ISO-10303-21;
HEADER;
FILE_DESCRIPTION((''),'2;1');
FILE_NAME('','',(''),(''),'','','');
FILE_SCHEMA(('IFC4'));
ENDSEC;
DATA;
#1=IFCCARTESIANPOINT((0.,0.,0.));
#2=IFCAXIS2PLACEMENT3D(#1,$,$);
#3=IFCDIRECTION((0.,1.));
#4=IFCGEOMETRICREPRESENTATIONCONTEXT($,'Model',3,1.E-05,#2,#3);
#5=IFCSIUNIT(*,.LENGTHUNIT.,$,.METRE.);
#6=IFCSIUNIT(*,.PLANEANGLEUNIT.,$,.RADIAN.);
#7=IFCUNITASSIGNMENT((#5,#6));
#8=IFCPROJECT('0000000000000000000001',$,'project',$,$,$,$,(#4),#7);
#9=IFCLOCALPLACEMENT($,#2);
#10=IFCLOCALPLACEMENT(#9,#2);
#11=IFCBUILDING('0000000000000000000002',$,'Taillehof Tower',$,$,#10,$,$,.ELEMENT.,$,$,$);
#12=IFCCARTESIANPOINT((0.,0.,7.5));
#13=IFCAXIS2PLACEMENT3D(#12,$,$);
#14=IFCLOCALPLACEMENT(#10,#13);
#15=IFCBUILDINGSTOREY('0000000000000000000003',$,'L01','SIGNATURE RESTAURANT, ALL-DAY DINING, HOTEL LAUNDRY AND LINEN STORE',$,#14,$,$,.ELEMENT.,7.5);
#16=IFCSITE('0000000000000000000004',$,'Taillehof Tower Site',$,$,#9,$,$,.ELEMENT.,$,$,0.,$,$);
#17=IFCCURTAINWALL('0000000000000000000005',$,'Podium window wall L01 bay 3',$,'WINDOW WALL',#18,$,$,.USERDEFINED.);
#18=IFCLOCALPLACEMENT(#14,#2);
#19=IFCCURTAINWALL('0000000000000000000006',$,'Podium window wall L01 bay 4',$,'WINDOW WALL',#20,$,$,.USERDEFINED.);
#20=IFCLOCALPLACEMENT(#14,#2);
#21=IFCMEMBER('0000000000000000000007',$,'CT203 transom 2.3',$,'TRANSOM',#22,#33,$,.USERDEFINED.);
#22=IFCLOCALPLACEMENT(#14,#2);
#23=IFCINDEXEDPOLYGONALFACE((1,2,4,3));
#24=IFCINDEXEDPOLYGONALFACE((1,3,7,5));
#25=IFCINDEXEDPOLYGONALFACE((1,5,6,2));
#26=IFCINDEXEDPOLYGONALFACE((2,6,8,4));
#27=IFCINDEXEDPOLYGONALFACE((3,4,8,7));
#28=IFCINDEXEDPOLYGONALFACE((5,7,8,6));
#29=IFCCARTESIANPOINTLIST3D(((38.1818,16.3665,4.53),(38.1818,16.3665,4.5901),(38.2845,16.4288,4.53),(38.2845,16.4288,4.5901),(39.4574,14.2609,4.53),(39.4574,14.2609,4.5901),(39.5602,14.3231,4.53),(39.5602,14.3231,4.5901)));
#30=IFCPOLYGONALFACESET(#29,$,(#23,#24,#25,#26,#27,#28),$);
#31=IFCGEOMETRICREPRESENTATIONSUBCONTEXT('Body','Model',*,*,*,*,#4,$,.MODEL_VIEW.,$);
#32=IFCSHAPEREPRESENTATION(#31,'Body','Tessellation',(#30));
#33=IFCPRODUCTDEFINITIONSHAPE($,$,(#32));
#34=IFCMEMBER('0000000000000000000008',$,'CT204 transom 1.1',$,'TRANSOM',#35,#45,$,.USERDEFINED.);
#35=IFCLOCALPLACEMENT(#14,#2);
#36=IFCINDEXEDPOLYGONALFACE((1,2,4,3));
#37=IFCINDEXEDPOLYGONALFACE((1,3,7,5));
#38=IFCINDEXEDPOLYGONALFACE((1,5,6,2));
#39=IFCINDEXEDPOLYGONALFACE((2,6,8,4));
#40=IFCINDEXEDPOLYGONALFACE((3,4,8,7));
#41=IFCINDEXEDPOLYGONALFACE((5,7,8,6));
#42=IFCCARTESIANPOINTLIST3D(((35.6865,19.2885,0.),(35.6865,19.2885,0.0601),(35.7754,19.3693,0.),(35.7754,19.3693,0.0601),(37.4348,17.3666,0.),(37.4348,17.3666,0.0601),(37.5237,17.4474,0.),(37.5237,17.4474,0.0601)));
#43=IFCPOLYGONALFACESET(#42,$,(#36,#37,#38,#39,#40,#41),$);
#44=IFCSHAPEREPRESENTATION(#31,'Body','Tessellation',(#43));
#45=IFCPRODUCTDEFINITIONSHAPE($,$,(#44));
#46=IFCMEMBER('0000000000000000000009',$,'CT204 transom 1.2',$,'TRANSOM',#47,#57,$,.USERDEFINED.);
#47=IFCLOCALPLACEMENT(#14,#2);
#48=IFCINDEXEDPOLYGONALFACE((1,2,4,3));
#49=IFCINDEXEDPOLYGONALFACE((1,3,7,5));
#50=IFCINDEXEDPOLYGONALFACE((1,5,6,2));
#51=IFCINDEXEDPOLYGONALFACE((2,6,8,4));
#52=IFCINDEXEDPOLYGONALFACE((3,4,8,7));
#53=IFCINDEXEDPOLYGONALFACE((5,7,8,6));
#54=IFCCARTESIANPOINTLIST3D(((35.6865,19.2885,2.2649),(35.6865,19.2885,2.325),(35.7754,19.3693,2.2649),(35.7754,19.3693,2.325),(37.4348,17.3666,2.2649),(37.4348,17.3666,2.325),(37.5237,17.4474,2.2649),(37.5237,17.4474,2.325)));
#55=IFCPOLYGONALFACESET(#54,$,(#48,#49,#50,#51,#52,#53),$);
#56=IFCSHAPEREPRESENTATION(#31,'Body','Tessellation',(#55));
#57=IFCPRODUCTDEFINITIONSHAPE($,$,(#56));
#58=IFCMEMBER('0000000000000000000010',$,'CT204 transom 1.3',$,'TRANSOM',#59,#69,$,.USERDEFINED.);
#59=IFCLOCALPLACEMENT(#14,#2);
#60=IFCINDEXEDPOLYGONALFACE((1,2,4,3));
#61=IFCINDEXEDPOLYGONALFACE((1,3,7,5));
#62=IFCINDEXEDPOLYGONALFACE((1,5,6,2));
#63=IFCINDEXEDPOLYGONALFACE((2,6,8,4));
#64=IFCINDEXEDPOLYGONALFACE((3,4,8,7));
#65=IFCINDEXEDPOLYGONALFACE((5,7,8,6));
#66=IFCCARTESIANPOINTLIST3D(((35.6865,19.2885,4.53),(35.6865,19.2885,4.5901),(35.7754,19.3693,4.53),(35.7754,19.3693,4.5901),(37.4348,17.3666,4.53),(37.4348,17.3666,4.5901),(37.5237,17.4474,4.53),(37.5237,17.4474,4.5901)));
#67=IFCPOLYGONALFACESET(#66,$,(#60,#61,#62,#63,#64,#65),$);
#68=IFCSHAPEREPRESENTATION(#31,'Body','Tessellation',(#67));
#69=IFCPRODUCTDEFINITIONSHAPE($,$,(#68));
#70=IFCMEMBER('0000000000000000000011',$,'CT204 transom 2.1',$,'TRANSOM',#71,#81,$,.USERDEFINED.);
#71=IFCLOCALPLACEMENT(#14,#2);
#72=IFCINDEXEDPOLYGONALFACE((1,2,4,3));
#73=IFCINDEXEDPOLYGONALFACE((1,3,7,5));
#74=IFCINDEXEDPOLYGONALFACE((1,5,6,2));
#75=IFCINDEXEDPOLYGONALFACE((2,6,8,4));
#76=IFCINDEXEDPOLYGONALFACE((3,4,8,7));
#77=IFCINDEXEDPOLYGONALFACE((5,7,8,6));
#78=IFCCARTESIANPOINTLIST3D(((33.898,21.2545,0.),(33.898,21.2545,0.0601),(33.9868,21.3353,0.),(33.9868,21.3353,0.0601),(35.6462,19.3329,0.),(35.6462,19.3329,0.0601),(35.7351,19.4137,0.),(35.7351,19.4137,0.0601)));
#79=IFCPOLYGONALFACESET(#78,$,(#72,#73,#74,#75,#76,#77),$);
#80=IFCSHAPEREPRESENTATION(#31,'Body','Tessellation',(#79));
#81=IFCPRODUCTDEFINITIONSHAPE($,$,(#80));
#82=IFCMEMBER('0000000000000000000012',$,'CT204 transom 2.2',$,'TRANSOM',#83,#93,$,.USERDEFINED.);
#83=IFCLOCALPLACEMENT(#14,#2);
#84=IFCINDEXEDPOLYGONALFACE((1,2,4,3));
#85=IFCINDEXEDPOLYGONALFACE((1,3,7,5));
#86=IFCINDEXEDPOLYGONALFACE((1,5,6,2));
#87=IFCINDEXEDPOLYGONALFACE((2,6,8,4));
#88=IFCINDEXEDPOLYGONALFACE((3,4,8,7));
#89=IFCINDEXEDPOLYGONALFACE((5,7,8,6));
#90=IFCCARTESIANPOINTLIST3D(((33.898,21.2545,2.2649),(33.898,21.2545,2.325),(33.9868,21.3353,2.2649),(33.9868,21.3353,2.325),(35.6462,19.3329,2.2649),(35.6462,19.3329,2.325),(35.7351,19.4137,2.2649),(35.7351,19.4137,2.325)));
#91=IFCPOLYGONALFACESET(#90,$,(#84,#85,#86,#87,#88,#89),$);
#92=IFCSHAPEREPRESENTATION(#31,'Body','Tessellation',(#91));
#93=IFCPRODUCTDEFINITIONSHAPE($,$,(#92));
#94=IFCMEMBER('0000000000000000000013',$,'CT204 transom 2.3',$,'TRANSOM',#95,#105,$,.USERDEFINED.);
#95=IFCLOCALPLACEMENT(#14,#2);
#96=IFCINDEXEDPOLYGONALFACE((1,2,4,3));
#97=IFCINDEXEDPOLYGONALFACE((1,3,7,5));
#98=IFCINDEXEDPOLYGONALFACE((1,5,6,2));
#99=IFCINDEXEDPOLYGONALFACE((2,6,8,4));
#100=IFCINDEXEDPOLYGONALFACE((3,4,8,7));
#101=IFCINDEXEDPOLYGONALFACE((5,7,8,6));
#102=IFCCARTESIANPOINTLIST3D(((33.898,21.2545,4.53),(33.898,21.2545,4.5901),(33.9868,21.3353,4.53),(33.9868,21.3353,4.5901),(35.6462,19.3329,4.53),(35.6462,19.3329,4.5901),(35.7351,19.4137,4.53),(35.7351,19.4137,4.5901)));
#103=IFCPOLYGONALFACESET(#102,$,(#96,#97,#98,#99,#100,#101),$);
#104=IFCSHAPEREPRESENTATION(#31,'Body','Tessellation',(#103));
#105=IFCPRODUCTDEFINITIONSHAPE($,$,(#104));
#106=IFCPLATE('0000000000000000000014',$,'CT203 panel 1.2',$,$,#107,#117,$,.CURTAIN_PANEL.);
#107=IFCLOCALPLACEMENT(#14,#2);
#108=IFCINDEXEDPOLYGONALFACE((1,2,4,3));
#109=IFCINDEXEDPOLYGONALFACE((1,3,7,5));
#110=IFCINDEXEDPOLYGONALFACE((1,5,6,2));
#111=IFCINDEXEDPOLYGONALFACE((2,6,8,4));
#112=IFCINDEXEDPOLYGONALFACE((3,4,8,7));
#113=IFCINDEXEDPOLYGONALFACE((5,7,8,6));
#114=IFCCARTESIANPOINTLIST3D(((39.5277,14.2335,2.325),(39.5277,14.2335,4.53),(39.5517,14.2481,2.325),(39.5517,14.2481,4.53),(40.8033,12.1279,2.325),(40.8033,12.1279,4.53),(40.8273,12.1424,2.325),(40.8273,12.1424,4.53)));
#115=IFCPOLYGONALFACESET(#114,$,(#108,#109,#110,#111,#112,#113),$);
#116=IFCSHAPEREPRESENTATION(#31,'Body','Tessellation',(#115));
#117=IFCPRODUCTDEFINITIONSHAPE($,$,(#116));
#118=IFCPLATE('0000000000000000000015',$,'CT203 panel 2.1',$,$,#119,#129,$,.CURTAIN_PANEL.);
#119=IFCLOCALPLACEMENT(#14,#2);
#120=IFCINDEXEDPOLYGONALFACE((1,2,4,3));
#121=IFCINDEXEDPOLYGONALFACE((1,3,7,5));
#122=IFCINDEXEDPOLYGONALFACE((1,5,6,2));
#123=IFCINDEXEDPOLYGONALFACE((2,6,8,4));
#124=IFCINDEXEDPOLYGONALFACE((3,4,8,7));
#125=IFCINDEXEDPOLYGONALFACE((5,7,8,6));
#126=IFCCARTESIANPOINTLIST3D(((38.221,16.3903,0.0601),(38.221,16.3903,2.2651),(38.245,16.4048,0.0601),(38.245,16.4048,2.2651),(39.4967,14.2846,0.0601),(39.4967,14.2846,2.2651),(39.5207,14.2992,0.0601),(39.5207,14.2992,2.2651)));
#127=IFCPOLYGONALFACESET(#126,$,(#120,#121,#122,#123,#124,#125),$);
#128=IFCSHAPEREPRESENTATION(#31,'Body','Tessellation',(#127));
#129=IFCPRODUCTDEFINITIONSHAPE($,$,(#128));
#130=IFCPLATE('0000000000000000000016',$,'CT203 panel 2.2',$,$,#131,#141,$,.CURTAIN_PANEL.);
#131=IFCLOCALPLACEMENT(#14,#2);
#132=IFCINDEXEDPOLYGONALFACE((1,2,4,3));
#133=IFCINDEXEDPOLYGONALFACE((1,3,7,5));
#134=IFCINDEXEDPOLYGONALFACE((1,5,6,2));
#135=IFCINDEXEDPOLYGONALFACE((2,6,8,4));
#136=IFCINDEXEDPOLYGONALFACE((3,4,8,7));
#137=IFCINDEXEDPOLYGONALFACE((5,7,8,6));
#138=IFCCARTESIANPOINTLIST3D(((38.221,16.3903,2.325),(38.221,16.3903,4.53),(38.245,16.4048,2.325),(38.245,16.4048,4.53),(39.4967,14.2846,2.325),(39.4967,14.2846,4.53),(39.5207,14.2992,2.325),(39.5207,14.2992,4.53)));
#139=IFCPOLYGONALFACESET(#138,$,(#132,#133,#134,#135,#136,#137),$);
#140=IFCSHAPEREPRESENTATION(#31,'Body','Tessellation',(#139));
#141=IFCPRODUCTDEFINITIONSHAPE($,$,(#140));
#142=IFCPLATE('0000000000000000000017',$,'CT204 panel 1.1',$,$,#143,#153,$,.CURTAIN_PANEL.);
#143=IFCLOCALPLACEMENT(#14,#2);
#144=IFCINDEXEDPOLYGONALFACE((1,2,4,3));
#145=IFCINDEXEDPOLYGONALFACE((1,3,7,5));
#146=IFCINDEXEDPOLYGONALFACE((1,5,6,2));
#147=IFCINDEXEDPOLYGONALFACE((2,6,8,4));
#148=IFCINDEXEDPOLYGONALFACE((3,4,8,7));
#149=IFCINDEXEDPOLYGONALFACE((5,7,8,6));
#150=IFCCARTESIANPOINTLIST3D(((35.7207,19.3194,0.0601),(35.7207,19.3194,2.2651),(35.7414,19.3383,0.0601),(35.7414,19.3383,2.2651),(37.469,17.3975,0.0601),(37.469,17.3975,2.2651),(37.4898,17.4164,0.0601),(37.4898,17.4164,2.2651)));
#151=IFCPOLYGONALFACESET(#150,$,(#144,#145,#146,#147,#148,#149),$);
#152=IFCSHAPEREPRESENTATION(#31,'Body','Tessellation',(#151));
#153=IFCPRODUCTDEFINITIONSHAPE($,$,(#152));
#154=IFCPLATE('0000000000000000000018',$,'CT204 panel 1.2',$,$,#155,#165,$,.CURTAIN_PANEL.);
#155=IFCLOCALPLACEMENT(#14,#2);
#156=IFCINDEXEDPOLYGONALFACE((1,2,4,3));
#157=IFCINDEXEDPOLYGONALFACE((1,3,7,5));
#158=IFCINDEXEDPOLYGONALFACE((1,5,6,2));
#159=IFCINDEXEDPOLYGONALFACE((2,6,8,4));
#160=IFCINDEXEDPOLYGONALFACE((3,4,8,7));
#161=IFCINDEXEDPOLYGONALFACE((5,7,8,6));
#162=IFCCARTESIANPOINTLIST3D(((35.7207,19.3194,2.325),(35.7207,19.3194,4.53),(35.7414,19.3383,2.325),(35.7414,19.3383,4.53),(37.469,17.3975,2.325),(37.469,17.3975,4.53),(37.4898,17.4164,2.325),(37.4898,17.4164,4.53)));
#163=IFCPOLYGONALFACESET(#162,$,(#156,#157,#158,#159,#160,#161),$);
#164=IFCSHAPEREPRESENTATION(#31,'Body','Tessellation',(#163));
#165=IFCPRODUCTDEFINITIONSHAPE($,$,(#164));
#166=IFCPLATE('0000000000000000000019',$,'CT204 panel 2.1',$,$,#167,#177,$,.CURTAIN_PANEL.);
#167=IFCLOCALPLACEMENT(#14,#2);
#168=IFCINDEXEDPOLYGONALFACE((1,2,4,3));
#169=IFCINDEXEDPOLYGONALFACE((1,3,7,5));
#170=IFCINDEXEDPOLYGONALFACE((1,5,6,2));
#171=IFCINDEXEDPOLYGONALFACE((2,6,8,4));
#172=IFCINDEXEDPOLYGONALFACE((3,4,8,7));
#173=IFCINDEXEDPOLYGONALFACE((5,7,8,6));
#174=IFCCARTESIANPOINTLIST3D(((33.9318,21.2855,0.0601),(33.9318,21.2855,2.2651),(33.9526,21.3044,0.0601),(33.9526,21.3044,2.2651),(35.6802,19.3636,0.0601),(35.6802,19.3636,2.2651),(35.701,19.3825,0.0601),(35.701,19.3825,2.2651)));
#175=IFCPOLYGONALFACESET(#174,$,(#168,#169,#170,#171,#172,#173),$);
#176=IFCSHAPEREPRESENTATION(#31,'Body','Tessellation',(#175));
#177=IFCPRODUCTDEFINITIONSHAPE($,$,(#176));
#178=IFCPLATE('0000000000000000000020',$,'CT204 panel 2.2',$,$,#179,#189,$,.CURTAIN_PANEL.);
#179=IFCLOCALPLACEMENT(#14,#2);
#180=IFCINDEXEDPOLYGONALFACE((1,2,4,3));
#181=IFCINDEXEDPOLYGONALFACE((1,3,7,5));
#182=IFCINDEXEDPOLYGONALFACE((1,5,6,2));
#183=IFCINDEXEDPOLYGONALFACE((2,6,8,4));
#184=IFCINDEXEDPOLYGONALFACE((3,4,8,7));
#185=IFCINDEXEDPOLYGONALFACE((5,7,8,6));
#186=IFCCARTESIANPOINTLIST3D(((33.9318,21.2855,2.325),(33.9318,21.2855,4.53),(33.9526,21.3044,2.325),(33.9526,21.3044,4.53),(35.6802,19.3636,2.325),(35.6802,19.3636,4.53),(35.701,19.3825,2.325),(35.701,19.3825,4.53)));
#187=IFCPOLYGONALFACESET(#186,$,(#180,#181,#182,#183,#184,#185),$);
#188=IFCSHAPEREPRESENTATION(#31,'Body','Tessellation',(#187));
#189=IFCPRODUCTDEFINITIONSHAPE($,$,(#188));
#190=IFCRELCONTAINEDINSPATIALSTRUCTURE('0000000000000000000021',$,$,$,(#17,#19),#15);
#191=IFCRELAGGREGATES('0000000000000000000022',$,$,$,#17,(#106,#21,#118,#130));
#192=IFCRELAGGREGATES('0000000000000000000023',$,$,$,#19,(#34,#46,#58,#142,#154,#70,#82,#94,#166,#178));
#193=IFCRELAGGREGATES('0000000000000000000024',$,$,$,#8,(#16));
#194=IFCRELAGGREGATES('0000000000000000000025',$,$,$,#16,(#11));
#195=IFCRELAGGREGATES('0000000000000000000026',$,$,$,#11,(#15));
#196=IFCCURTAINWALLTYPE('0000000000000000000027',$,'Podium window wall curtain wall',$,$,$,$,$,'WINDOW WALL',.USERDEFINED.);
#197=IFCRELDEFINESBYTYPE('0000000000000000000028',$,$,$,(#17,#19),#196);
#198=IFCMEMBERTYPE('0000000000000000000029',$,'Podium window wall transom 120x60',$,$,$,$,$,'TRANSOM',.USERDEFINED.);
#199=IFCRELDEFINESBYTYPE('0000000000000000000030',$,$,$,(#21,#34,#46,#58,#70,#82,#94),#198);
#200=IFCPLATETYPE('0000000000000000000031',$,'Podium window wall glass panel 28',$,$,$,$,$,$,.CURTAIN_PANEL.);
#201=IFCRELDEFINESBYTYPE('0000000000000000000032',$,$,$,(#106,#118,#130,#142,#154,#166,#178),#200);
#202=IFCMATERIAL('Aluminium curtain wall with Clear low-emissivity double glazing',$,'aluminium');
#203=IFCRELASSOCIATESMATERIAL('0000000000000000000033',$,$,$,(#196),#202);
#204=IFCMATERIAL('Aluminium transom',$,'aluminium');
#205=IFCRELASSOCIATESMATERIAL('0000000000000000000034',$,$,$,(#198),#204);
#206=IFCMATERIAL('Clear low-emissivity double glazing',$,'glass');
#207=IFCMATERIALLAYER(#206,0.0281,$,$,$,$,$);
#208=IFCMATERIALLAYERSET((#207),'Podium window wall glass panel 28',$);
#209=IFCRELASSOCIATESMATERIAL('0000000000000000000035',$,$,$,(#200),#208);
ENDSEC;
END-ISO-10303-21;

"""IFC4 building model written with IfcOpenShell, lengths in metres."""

from ifc_helpers import new_model, si_unit, direction, frame, origin, origin_2d, place, context, subcontext, project, spatial, rectangle, extrude, material, layer, layer_set, material_profile, profile_set, type_object, element, aggregate, save


model = new_model("IFC4")

# Units and contexts
model_context = context("Model", 3, precision=1e-05, world=origin(), true_north=direction((0.0, 1.0)))
body_context = subcontext(model_context, "Body", "Model", "MODEL_VIEW")
ifc_project = project(units=[si_unit("LENGTHUNIT", "METRE"), si_unit("PLANEANGLEUNIT", "RADIAN")], contexts=[model_context])

# Site, building, storey
site_placement = place(None, origin())
site = spatial("IfcSite", under=ifc_project, at=site_placement, Name="Taillehof Tower Site", CompositionType="ELEMENT", RefElevation=0.0)
building_placement = place(site_placement, origin())
building = spatial("IfcBuilding", under=site, at=building_placement, Name="Taillehof Tower", CompositionType="ELEMENT")
storey_placement = place(building_placement, frame((0.0, 0.0, 7.5)))
storey = spatial("IfcBuildingStorey", under=building, at=storey_placement, Name="L01", Description="SIGNATURE RESTAURANT, ALL-DAY DINING, HOTEL LAUNDRY AND LINEN STORE", CompositionType="ELEMENT", Elevation=7.5)

# Curtain walls
ifc_material_1 = material(Name="Aluminium curtain wall with Clear low-emissivity double glazing", Category="aluminium")
curtain_wall_type = type_object("IfcCurtainWallType", Name="Podium window wall curtain wall", ElementType="WINDOW WALL", PredefinedType="USERDEFINED", material=ifc_material_1)
curtain_wall_1_placement = place(storey_placement, origin())
curtain_wall_1 = element("IfcCurtainWall", 1, at=curtain_wall_1_placement, inside=storey, type_object=curtain_wall_type, Name="Podium window wall L01 bay 3", ObjectType="WINDOW WALL", PredefinedType="USERDEFINED")
curtain_wall_2_placement = place(storey_placement, origin())
curtain_wall_2 = element("IfcCurtainWall", 2, at=curtain_wall_2_placement, inside=storey, type_object=curtain_wall_type, Name="Podium window wall L01 bay 4", ObjectType="WINDOW WALL", PredefinedType="USERDEFINED")

# Members
ifc_material_2 = material(Name="Aluminium transom", Category="aluminium")
ifc_material_profile_1 = material_profile(ifc_material_2, rectangle(XDim=0.1201, YDim=0.0601, at=origin_2d()), Name="AL 120x60")
ifc_profile_set_1 = profile_set([ifc_material_profile_1], Name="Aluminium transom")
member_type_1 = type_object("IfcMemberType", Name="Podium window wall transom 120x60", ElementType="TRANSOM", PredefinedType="USERDEFINED", material=ifc_profile_set_1)
member_1_placement = place(storey_placement, frame((39.5088, 14.292, 4.5601), z_axis=(-0.518137, 0.855298, 0.0), x_axis=(-0.855298, -0.518137, 0.0)))
member_1 = element("IfcMember", 3, at=member_1_placement, type_object=member_type_1, Name="CT203 transom 2.3", ObjectType="TRANSOM", PredefinedType="USERDEFINED", context=body_context, shape_type="SweptSolid", body=[
    extrude(rectangle(XDim=0.1201, YDim=0.0601, at=origin_2d()), origin(), (0.0, 0.0, 1.0), 2.4619),
])
member_2_placement = place(storey_placement, frame((37.4792, 17.407, 0.03), z_axis=(-0.672911, 0.739723, 0.0), x_axis=(-0.739723, -0.672911, 0.0)))
member_2 = element("IfcMember", 4, at=member_2_placement, type_object=member_type_1, Name="CT204 transom 1.1", ObjectType="TRANSOM", PredefinedType="USERDEFINED", context=body_context, shape_type="SweptSolid", body=[
    extrude(rectangle(XDim=0.1201, YDim=0.0601, at=origin_2d()), origin(), (0.0, 0.0, 1.0), 2.5981),
])
member_3_placement = place(storey_placement, frame((37.4792, 17.407, 2.2949), z_axis=(-0.672911, 0.739723, 0.0), x_axis=(-0.739723, -0.672911, 0.0)))
member_3 = element("IfcMember", 5, at=member_3_placement, type_object=member_type_1, Name="CT204 transom 1.2", ObjectType="TRANSOM", PredefinedType="USERDEFINED", context=body_context, shape_type="SweptSolid", body=[
    extrude(rectangle(XDim=0.1201, YDim=0.0601, at=origin_2d()), origin(), (0.0, 0.0, 1.0), 2.5981),
])
member_4_placement = place(storey_placement, frame((37.4792, 17.407, 4.5601), z_axis=(-0.672911, 0.739723, 0.0), x_axis=(-0.739723, -0.672911, 0.0)))
member_4 = element("IfcMember", 6, at=member_4_placement, type_object=member_type_1, Name="CT204 transom 1.3", ObjectType="TRANSOM", PredefinedType="USERDEFINED", context=body_context, shape_type="SweptSolid", body=[
    extrude(rectangle(XDim=0.1201, YDim=0.0601, at=origin_2d()), origin(), (0.0, 0.0, 1.0), 2.5981),
])
member_5_placement = place(storey_placement, frame((35.6907, 19.3733, 0.03), z_axis=(-0.672958, 0.739681, 0.0), x_axis=(-0.739681, -0.672958, 0.0)))
member_5 = element("IfcMember", 7, at=member_5_placement, type_object=member_type_1, Name="CT204 transom 2.1", ObjectType="TRANSOM", PredefinedType="USERDEFINED", context=body_context, shape_type="SweptSolid", body=[
    extrude(rectangle(XDim=0.1201, YDim=0.0601, at=origin_2d()), origin(), (0.0, 0.0, 1.0), 2.5979),
])
member_6_placement = place(storey_placement, frame((35.6907, 19.3733, 2.2949), z_axis=(-0.672958, 0.739681, 0.0), x_axis=(-0.739681, -0.672958, 0.0)))
member_6 = element("IfcMember", 8, at=member_6_placement, type_object=member_type_1, Name="CT204 transom 2.2", ObjectType="TRANSOM", PredefinedType="USERDEFINED", context=body_context, shape_type="SweptSolid", body=[
    extrude(rectangle(XDim=0.1201, YDim=0.0601, at=origin_2d()), origin(), (0.0, 0.0, 1.0), 2.5979),
])
member_7_placement = place(storey_placement, frame((35.6907, 19.3733, 4.5601), z_axis=(-0.672958, 0.739681, 0.0), x_axis=(-0.739681, -0.672958, 0.0)))
member_7 = element("IfcMember", 9, at=member_7_placement, type_object=member_type_1, Name="CT204 transom 2.3", ObjectType="TRANSOM", PredefinedType="USERDEFINED", context=body_context, shape_type="SweptSolid", body=[
    extrude(rectangle(XDim=0.1201, YDim=0.0601, at=origin_2d()), origin(), (0.0, 0.0, 1.0), 2.5979),
])

# Plates
ifc_material_3 = material(Name="Clear low-emissivity double glazing", Category="glass")
ifc_layer = layer(ifc_material_3, 0.0281)
ifc_layer_set = layer_set([ifc_layer], Name="Podium window wall glass panel 28")
plate_type = type_object("IfcPlateType", Name="Podium window wall glass panel 28", PredefinedType="CURTAIN_PANEL", material=ifc_layer_set)
plate_1_placement = place(storey_placement, frame((40.1775, 13.188, 2.325), z_axis=(0.0, 0.0, 1.0), x_axis=(-0.518151, 0.855289, 0.0)))
plate_1 = element("IfcPlate", 10, at=plate_1_placement, type_object=plate_type, Name="CT203 panel 1.2", PredefinedType="CURTAIN_PANEL", context=body_context, shape_type="SweptSolid", body=[
    extrude(rectangle(XDim=2.4619, YDim=0.0281, at=origin_2d()), origin(), (0.0, 0.0, 1.0), 2.2051),
])
plate_2_placement = place(storey_placement, frame((38.8708, 15.3447, 0.0601), z_axis=(0.0, 0.0, 1.0), x_axis=(-0.518151, 0.855289, 0.0)))
plate_2 = element("IfcPlate", 11, at=plate_2_placement, type_object=plate_type, Name="CT203 panel 2.1", PredefinedType="CURTAIN_PANEL", context=body_context, shape_type="SweptSolid", body=[
    extrude(rectangle(XDim=2.4619, YDim=0.0281, at=origin_2d()), origin(), (0.0, 0.0, 1.0), 2.2051),
])
plate_3_placement = place(storey_placement, frame((38.8708, 15.3447, 2.325), z_axis=(0.0, 0.0, 1.0), x_axis=(-0.518151, 0.855289, 0.0)))
plate_3 = element("IfcPlate", 12, at=plate_3_placement, type_object=plate_type, Name="CT203 panel 2.2", PredefinedType="CURTAIN_PANEL", context=body_context, shape_type="SweptSolid", body=[
    extrude(rectangle(XDim=2.4619, YDim=0.0281, at=origin_2d()), origin(), (0.0, 0.0, 1.0), 2.2051),
])
aggregate(curtain_wall_1, [plate_1, member_1, plate_2, plate_3])
plate_4_placement = place(storey_placement, frame((36.6052, 18.3679, 0.0601), z_axis=(0.0, 0.0, 1.0), x_axis=(-0.672929, 0.739707, 0.0)))
plate_4 = element("IfcPlate", 13, at=plate_4_placement, type_object=plate_type, Name="CT204 panel 1.1", PredefinedType="CURTAIN_PANEL", context=body_context, shape_type="SweptSolid", body=[
    extrude(rectangle(XDim=2.5981, YDim=0.0281, at=origin_2d()), origin(), (0.0, 0.0, 1.0), 2.2051),
])
plate_5_placement = place(storey_placement, frame((36.6052, 18.3679, 2.325), z_axis=(0.0, 0.0, 1.0), x_axis=(-0.672929, 0.739707, 0.0)))
plate_5 = element("IfcPlate", 14, at=plate_5_placement, type_object=plate_type, Name="CT204 panel 1.2", PredefinedType="CURTAIN_PANEL", context=body_context, shape_type="SweptSolid", body=[
    extrude(rectangle(XDim=2.5981, YDim=0.0281, at=origin_2d()), origin(), (0.0, 0.0, 1.0), 2.2051),
])
plate_6_placement = place(storey_placement, frame((34.8164, 20.334, 0.0601), z_axis=(0.0, 0.0, 1.0), x_axis=(-0.672929, 0.739707, 0.0)))
plate_6 = element("IfcPlate", 15, at=plate_6_placement, type_object=plate_type, Name="CT204 panel 2.1", PredefinedType="CURTAIN_PANEL", context=body_context, shape_type="SweptSolid", body=[
    extrude(rectangle(XDim=2.5981, YDim=0.0281, at=origin_2d()), origin(), (0.0, 0.0, 1.0), 2.2051),
])
plate_7_placement = place(storey_placement, frame((34.8164, 20.334, 2.325), z_axis=(0.0, 0.0, 1.0), x_axis=(-0.672929, 0.739707, 0.0)))
plate_7 = element("IfcPlate", 16, at=plate_7_placement, type_object=plate_type, Name="CT204 panel 2.2", PredefinedType="CURTAIN_PANEL", context=body_context, shape_type="SweptSolid", body=[
    extrude(rectangle(XDim=2.5981, YDim=0.0281, at=origin_2d()), origin(), (0.0, 0.0, 1.0), 2.2051),
])
aggregate(curtain_wall_2, [member_2, member_3, member_4, plate_4, plate_5, member_5, member_6, member_7, plate_6, plate_7])

save(model, "model.ifc")
